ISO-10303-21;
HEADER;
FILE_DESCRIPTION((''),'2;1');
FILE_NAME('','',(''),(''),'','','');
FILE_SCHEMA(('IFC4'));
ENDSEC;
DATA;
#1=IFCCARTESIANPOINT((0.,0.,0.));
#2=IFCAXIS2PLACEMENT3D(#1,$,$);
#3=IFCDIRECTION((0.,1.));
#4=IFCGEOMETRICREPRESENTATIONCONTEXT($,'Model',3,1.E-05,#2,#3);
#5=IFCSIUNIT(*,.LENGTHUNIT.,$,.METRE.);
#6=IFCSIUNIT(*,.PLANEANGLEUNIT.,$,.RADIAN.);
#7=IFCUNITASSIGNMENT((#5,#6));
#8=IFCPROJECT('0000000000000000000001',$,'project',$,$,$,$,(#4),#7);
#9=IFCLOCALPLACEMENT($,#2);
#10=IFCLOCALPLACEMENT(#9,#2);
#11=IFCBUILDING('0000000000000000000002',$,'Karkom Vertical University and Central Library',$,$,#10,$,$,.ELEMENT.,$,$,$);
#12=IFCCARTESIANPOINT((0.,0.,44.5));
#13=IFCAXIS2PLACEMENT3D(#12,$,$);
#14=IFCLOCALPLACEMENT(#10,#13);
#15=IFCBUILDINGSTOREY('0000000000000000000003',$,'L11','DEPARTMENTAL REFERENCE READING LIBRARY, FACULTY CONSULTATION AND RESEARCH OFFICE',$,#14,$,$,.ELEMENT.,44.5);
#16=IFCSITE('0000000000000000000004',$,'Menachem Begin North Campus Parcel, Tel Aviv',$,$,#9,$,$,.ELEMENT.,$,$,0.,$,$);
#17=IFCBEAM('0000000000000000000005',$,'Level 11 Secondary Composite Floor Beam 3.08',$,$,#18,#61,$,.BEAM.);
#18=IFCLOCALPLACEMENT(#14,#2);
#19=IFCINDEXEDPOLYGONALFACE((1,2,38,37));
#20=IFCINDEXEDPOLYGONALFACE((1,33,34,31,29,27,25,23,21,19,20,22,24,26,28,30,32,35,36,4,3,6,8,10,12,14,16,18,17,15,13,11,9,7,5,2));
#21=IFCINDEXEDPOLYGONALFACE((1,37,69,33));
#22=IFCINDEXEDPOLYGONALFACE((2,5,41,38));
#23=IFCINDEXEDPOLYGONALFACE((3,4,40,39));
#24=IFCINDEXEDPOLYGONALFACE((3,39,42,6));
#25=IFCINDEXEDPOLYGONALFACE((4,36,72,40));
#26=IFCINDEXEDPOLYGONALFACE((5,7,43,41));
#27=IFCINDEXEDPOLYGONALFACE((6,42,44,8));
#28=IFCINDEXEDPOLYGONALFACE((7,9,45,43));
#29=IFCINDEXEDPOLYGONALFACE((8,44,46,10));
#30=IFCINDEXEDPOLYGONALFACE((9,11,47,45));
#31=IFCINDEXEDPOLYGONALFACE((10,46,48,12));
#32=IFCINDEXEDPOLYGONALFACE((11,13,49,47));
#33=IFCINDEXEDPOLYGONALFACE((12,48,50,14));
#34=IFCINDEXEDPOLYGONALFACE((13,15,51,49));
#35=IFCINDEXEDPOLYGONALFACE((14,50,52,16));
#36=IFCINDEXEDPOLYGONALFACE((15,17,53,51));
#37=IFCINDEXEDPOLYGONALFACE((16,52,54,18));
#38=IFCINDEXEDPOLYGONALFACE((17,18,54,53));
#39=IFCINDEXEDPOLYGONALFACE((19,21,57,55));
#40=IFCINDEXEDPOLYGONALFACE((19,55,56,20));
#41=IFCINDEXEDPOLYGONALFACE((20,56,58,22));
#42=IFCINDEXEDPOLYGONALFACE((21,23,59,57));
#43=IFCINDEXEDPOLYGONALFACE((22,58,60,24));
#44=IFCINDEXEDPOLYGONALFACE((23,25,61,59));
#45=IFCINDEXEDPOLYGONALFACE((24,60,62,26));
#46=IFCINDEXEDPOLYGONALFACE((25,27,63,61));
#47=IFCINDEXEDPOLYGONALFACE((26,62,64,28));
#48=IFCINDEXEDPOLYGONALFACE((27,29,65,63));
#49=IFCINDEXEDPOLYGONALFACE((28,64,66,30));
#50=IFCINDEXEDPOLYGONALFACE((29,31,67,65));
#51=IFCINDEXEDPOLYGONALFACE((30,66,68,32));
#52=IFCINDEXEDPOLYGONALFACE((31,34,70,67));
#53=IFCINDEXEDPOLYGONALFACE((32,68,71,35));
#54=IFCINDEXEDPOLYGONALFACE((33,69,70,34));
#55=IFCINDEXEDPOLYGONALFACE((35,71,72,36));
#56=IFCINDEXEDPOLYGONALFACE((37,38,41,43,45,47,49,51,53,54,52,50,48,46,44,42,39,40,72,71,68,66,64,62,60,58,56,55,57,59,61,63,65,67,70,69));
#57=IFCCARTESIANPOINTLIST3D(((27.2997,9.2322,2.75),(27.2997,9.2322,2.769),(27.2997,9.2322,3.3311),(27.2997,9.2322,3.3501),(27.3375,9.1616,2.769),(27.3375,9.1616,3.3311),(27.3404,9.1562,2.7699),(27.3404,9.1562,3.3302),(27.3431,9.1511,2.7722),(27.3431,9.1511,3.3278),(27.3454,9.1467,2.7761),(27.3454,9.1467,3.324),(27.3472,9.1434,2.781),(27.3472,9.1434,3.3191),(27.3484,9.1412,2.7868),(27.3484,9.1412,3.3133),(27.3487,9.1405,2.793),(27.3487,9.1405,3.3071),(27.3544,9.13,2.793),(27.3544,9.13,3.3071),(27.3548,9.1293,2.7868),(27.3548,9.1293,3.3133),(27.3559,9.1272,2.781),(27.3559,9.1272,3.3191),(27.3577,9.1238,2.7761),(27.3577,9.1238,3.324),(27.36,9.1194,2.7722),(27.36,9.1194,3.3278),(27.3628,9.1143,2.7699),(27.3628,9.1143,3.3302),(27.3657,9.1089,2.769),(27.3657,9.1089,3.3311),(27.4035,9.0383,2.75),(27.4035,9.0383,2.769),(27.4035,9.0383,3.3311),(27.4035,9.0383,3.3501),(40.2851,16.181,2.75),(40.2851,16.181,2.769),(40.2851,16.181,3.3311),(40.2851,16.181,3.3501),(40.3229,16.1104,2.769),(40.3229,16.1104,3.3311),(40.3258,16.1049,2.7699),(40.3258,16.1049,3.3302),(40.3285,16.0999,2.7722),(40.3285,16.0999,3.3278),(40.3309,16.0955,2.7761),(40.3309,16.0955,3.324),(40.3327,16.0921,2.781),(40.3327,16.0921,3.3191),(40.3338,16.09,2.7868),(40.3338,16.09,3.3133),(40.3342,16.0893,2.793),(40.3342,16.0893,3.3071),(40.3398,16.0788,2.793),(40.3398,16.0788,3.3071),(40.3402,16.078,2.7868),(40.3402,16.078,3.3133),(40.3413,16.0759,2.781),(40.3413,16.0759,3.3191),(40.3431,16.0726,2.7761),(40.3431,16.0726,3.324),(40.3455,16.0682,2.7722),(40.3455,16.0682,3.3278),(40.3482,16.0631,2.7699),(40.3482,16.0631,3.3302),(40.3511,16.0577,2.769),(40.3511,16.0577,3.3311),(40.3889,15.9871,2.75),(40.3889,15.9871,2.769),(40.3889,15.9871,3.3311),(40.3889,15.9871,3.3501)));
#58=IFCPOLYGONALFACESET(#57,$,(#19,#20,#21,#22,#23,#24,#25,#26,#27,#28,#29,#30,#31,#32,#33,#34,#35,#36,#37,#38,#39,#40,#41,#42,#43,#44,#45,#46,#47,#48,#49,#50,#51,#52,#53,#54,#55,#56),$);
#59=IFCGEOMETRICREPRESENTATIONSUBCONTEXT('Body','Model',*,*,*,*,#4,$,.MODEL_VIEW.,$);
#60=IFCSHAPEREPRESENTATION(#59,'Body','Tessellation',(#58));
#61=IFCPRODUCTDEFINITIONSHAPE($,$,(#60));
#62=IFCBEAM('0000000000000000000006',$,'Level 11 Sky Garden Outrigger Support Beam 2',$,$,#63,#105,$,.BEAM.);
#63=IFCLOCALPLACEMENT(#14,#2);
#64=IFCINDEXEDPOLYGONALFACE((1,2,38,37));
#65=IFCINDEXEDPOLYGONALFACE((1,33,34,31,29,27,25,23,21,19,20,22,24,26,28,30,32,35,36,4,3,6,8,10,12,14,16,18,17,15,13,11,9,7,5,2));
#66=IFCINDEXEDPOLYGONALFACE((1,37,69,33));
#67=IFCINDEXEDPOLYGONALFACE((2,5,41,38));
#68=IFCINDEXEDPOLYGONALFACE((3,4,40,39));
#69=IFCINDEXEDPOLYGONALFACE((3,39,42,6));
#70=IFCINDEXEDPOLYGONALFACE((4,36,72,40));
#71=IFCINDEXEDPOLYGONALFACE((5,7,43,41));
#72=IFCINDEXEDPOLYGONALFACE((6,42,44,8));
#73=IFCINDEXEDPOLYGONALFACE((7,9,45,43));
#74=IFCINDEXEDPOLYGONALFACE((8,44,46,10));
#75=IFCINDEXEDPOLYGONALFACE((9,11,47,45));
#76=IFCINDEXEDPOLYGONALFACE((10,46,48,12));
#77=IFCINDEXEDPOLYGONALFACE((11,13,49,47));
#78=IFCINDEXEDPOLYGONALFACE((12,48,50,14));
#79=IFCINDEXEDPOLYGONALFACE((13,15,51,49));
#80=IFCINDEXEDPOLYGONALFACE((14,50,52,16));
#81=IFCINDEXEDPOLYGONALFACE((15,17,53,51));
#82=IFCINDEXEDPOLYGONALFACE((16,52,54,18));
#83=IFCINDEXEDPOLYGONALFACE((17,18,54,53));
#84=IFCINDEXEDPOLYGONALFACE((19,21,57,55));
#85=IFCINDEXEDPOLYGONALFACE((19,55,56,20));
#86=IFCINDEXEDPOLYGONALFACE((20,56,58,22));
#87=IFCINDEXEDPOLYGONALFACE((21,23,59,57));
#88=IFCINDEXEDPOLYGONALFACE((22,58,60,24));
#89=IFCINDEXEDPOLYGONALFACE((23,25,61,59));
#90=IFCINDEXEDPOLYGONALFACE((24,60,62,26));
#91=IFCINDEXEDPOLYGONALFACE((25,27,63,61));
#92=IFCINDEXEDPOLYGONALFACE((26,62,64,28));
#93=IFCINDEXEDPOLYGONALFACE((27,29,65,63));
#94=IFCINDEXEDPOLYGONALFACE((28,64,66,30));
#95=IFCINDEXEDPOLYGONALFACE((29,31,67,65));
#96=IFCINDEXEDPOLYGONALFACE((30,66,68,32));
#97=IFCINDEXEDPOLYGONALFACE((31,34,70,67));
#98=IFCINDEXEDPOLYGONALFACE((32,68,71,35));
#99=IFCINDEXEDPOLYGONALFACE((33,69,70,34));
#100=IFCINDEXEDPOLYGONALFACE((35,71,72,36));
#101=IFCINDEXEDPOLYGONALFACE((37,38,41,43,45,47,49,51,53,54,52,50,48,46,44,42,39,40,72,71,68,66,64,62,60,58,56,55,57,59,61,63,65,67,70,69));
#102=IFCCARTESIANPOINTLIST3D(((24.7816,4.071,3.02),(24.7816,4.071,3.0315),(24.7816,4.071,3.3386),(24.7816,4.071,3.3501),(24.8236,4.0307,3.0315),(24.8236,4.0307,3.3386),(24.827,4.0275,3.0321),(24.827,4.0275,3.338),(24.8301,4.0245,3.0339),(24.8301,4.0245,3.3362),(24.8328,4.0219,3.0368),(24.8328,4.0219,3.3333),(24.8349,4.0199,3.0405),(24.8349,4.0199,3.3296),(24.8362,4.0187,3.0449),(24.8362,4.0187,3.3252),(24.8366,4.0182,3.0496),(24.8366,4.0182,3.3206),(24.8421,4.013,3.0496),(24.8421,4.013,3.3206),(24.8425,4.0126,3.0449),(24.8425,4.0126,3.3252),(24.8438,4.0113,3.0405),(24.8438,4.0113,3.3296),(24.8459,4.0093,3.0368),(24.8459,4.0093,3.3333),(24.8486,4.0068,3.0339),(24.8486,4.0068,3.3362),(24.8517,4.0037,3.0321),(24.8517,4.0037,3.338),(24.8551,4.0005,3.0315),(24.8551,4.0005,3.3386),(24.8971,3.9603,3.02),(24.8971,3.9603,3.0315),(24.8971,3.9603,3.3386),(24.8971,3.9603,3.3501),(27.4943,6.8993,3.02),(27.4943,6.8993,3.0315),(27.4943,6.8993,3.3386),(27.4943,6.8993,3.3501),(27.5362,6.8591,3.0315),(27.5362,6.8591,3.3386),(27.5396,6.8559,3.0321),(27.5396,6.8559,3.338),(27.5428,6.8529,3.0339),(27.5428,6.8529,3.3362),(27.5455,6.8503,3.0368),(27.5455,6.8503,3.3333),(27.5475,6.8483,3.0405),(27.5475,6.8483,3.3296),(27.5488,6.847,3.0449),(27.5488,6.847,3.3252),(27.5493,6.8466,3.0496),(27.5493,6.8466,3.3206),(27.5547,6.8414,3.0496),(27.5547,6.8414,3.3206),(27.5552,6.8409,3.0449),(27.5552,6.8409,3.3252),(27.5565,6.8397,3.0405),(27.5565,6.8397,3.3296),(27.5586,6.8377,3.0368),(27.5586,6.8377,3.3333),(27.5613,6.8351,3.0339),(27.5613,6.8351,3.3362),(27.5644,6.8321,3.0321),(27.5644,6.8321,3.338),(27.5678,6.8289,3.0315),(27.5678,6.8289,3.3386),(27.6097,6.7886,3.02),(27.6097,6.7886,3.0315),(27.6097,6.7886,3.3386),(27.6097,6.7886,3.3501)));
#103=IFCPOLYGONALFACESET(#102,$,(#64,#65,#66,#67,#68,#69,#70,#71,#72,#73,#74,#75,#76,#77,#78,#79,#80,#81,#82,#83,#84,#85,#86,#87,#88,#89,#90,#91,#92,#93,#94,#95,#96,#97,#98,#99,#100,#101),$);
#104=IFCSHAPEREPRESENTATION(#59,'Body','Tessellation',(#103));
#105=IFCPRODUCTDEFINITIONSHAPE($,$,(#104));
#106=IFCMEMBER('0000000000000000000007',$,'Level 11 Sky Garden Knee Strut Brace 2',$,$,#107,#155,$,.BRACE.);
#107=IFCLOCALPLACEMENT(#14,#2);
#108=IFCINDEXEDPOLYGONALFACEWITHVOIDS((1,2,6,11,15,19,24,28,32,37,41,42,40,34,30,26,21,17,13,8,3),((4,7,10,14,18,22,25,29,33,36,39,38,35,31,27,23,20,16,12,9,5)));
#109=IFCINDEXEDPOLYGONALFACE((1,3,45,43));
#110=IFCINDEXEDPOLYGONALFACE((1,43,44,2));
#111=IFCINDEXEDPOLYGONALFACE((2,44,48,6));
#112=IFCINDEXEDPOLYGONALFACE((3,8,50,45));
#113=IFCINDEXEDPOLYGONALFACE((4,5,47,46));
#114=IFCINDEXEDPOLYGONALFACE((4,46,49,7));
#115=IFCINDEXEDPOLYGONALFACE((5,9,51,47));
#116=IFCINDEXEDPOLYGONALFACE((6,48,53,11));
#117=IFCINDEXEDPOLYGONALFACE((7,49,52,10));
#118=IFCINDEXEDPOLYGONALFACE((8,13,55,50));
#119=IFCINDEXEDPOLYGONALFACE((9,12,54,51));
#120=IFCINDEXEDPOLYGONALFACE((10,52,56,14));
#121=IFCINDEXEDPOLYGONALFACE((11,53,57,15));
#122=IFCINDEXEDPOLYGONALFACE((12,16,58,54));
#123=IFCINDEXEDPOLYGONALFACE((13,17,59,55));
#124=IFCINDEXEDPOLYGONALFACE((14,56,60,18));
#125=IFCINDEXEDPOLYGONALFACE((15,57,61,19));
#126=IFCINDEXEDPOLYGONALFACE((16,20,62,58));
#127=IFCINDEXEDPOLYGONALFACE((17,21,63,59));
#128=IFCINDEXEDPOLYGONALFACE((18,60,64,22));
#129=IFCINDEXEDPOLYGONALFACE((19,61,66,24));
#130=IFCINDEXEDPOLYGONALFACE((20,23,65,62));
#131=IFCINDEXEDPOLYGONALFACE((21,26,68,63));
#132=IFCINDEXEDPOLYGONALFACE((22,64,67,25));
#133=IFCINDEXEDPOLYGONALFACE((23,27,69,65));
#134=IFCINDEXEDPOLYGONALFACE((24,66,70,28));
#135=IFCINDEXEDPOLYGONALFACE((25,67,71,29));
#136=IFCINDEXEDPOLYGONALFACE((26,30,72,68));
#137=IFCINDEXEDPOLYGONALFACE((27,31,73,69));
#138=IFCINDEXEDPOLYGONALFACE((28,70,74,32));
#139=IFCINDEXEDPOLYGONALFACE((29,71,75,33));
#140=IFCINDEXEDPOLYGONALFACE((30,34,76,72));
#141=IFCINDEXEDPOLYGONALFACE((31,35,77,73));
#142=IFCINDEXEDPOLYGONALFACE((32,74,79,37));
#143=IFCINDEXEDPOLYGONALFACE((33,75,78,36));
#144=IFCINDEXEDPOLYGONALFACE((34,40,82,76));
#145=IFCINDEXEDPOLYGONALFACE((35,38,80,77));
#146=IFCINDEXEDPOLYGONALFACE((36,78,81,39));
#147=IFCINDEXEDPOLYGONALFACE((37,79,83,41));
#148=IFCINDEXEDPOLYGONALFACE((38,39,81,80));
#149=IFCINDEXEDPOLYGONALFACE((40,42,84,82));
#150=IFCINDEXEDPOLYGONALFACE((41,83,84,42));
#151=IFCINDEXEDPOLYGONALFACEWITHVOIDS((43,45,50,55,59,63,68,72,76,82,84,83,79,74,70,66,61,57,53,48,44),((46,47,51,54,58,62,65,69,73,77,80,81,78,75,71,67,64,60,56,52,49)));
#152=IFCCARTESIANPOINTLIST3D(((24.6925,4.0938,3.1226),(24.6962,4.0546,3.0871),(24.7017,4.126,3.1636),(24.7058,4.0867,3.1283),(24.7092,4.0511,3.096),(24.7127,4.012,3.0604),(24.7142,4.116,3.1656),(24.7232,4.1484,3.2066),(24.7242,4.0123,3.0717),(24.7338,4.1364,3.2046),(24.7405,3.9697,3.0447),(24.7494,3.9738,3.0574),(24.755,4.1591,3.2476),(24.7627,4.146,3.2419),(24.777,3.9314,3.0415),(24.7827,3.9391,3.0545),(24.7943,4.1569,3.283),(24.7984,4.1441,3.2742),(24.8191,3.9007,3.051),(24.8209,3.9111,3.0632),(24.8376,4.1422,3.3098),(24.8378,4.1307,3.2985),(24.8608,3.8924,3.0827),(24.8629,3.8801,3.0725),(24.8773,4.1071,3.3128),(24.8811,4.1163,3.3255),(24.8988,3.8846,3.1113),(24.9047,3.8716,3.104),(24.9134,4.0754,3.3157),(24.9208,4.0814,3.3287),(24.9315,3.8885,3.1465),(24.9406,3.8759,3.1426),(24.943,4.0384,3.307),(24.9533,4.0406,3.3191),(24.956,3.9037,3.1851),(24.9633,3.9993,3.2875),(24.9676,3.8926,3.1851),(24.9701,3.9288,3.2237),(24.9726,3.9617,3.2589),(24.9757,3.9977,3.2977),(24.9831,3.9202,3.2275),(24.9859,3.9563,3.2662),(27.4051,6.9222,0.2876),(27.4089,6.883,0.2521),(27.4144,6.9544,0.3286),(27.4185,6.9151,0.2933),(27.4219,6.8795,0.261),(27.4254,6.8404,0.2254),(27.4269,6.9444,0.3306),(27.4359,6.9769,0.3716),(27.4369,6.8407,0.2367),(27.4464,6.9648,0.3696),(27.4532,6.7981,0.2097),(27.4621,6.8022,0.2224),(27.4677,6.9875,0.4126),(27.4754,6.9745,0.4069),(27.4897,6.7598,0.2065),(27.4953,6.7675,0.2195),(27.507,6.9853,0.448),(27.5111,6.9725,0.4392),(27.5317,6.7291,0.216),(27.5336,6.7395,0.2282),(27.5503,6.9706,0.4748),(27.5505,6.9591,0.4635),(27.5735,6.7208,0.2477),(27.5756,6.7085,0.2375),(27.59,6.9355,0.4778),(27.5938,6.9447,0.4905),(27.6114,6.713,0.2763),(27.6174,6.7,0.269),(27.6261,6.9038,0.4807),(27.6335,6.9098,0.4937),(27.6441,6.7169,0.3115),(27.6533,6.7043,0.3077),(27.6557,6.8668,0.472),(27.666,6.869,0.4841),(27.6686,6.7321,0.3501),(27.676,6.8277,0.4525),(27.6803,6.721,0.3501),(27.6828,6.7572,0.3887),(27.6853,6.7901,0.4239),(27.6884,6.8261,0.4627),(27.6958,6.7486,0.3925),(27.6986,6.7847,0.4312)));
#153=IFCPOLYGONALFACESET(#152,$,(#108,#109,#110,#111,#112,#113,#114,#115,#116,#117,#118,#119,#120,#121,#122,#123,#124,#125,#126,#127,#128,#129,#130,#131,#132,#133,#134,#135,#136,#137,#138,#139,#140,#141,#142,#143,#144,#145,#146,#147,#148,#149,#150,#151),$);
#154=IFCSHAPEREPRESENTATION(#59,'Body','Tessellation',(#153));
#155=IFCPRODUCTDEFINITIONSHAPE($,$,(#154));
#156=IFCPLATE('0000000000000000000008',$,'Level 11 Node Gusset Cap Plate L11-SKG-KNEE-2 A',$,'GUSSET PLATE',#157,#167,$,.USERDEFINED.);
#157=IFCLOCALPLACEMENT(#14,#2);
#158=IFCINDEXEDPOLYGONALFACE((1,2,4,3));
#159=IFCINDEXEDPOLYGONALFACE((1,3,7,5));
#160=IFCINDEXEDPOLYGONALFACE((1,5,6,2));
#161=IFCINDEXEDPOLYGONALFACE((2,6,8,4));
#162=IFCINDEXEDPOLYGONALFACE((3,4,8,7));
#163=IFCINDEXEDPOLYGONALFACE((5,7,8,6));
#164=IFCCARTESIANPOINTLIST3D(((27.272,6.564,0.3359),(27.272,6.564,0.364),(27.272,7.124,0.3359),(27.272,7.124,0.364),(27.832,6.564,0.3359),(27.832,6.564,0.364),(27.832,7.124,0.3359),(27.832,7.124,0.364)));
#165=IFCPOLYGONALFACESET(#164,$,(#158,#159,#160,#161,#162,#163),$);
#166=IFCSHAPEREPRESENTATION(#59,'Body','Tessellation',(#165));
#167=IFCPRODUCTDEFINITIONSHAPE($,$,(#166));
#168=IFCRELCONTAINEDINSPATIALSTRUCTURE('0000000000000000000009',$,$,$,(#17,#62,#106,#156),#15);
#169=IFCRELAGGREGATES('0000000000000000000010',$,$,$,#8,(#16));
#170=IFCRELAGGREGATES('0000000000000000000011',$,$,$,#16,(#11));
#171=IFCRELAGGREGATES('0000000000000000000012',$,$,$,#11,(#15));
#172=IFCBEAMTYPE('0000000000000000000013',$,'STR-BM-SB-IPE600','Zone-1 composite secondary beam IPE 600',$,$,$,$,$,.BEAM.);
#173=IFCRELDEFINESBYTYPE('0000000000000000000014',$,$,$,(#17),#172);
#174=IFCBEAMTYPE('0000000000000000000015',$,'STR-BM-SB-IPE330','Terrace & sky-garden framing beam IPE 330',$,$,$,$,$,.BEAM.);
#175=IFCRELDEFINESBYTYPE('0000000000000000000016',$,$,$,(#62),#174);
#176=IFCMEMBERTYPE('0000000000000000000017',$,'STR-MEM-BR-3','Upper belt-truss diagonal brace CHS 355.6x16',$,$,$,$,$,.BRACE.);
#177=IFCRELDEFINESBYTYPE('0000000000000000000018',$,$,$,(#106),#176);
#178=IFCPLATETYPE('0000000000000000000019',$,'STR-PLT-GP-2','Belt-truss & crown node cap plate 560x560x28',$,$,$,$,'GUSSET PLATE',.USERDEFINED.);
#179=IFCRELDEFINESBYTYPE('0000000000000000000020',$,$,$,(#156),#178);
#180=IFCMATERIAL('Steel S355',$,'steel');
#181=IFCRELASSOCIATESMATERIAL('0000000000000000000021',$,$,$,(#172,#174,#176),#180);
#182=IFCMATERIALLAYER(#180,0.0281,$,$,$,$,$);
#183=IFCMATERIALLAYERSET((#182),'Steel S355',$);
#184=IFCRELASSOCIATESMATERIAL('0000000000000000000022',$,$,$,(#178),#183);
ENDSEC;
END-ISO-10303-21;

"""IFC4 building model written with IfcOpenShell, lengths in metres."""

from ifc_helpers import new_model, si_unit, direction, frame, origin, origin_with_axes, origin_2d, place, context, subcontext, project, spatial, rectangle, hollow_circle, i_section, extrude, source, transform, mapped, material, layer, layer_set, material_profile, profile_set, type_object, element, save


model = new_model("IFC4")

# Units and contexts
model_context = context("Model", 3, precision=1e-05, world=origin(), true_north=direction((0.0, 1.0)))
body_context = subcontext(model_context, "Body", "Model", "MODEL_VIEW")
ifc_project = project(units=[si_unit("LENGTHUNIT", "METRE"), si_unit("PLANEANGLEUNIT", "RADIAN")], contexts=[model_context])

# Site, building, storey
site_placement = place(None, origin())
site = spatial("IfcSite", under=ifc_project, at=site_placement, Name="Menachem Begin North Campus Parcel, Tel Aviv", CompositionType="ELEMENT", RefElevation=0.0)
building_placement = place(site_placement, origin())
building = spatial("IfcBuilding", under=site, at=building_placement, Name="Karkom Vertical University and Central Library", CompositionType="ELEMENT")
storey_placement = place(building_placement, frame((0.0, 0.0, 44.5)))
storey = spatial("IfcBuildingStorey", under=building, at=storey_placement, Name="L11", Description="DEPARTMENTAL REFERENCE READING LIBRARY, FACULTY CONSULTATION AND RESEARCH OFFICE", CompositionType="ELEMENT", Elevation=44.5)

# Beams
ifc_material_1 = material(Name="Steel S355", Category="steel")
ifc_material_profile_1 = material_profile(ifc_material_1, i_section(OverallWidth=0.22, OverallDepth=0.6001, WebThickness=0.012, FlangeThickness=0.019, FilletRadius=0.0239, at=origin_2d()), Name="IPE 600")
ifc_profile_set_1 = profile_set([ifc_material_profile_1], Name="Steel S355")
beam_type_1 = type_object("IfcBeamType", Name="STR-BM-SB-IPE600", Description="Zone-1 composite secondary beam IPE 600", PredefinedType="BEAM", material=ifc_profile_set_1)
shared_shape_1 = source(origin_with_axes(), body_context, "Body", "SweptSolid", [
    extrude(i_section(OverallWidth=0.22, OverallDepth=0.6001, WebThickness=0.012, FlangeThickness=0.019, FilletRadius=0.0239, at=origin_2d()), origin(), (0.0, 0.0, 1.0), 14.7278),
])
beam_1_placement = place(storey_placement, frame((27.3516, 9.1353, 3.05), z_axis=(0.881698, 0.471815, 0.0), x_axis=(-0.471815, 0.881698, 0.0)))
element("IfcBeam", 1, at=beam_1_placement, inside=storey, type_object=beam_type_1, Name="Level 11 Secondary Composite Floor Beam 3.08", PredefinedType="BEAM", context=body_context, shape_type="MappedRepresentation", body=[
    mapped(shared_shape_1, transform((0.0, 0.0, 0.0), scale=1.0)),
])
ifc_material_profile_2 = material_profile(ifc_material_1, i_section(OverallWidth=0.1599, OverallDepth=0.3301, WebThickness=0.0076, FlangeThickness=0.0115, FilletRadius=0.0181, at=origin_2d()), Name="IPE 330")
ifc_profile_set_2 = profile_set([ifc_material_profile_2], Name="Steel S355")
beam_type_2 = type_object("IfcBeamType", Name="STR-BM-SB-IPE330", Description="Terrace & sky-garden framing beam IPE 330", PredefinedType="BEAM", material=ifc_profile_set_2)
shared_shape_2 = source(origin_with_axes(), body_context, "Body", "SweptSolid", [
    extrude(i_section(OverallWidth=0.1599, OverallDepth=0.3301, WebThickness=0.0076, FlangeThickness=0.0115, FilletRadius=0.0181, at=origin_2d()), origin(), (0.0, 0.0, 1.0), 3.9189),
])
beam_2_placement = place(storey_placement, frame((27.552, 6.844, 3.1851), z_axis=(-0.692188, -0.721717, 0.0), x_axis=(0.721717, -0.692188, 0.0)))
element("IfcBeam", 2, at=beam_2_placement, inside=storey, type_object=beam_type_2, Name="Level 11 Sky Garden Outrigger Support Beam 2", PredefinedType="BEAM", context=body_context, shape_type="MappedRepresentation", body=[
    mapped(shared_shape_2, transform((0.0, 0.0, 0.0), scale=1.0)),
])

# Member
ifc_material_profile_3 = material_profile(ifc_material_1, hollow_circle(Radius=0.1777, WallThickness=0.0161, at=origin_2d()), Name="CHS 355.6x16")
ifc_profile_set_3 = profile_set([ifc_material_profile_3], Name="Steel S355")
member_type = type_object("IfcMemberType", Name="STR-MEM-BR-3", Description="Upper belt-truss diagonal brace CHS 355.6x16", PredefinedType="BRACE", material=ifc_profile_set_3)
shared_shape_3 = source(origin_with_axes(), body_context, "Body", "SweptSolid", [
    extrude(hollow_circle(Radius=0.1777, WallThickness=0.0161, at=origin_2d()), origin(), (0.0, 0.0, 1.0), 4.8369),
])
member_placement = place(storey_placement, frame((27.552, 6.844, 0.3501), z_axis=(-0.560829, -0.584754, 0.586117), x_axis=(0.721717, -0.692188, 0.0)))
element("IfcMember", 3, at=member_placement, inside=storey, type_object=member_type, Name="Level 11 Sky Garden Knee Strut Brace 2", PredefinedType="BRACE", context=body_context, shape_type="MappedRepresentation", body=[
    mapped(shared_shape_3, transform((0.0, 0.0, 0.0), scale=1.0)),
])

# Plate
ifc_layer_1 = layer(ifc_material_1, 0.0281)
ifc_layer_set_1 = layer_set([ifc_layer_1], Name="Steel S355")
plate_type = type_object("IfcPlateType", Name="STR-PLT-GP-2", Description="Belt-truss & crown node cap plate 560x560x28", ElementType="GUSSET PLATE", PredefinedType="USERDEFINED", material=ifc_layer_set_1)
shared_shape_4 = source(origin_with_axes(), body_context, "Body", "SweptSolid", [
    extrude(rectangle(XDim=0.5601, YDim=0.5601, at=origin_2d()), origin(), (0.0, 0.0, 1.0), 0.0281),
])
plate_placement = place(storey_placement, frame((27.552, 6.844, 0.3359), z_axis=(0.0, 0.0, 1.0), x_axis=(1.0, 0.0, 0.0)))
element("IfcPlate", 4, at=plate_placement, inside=storey, type_object=plate_type, Name="Level 11 Node Gusset Cap Plate L11-SKG-KNEE-2 A", ObjectType="GUSSET PLATE", PredefinedType="USERDEFINED", context=body_context, shape_type="MappedRepresentation", body=[
    mapped(shared_shape_4, transform((0.0, 0.0, 0.0), scale=1.0)),
])

save(model, "model.ifc")
